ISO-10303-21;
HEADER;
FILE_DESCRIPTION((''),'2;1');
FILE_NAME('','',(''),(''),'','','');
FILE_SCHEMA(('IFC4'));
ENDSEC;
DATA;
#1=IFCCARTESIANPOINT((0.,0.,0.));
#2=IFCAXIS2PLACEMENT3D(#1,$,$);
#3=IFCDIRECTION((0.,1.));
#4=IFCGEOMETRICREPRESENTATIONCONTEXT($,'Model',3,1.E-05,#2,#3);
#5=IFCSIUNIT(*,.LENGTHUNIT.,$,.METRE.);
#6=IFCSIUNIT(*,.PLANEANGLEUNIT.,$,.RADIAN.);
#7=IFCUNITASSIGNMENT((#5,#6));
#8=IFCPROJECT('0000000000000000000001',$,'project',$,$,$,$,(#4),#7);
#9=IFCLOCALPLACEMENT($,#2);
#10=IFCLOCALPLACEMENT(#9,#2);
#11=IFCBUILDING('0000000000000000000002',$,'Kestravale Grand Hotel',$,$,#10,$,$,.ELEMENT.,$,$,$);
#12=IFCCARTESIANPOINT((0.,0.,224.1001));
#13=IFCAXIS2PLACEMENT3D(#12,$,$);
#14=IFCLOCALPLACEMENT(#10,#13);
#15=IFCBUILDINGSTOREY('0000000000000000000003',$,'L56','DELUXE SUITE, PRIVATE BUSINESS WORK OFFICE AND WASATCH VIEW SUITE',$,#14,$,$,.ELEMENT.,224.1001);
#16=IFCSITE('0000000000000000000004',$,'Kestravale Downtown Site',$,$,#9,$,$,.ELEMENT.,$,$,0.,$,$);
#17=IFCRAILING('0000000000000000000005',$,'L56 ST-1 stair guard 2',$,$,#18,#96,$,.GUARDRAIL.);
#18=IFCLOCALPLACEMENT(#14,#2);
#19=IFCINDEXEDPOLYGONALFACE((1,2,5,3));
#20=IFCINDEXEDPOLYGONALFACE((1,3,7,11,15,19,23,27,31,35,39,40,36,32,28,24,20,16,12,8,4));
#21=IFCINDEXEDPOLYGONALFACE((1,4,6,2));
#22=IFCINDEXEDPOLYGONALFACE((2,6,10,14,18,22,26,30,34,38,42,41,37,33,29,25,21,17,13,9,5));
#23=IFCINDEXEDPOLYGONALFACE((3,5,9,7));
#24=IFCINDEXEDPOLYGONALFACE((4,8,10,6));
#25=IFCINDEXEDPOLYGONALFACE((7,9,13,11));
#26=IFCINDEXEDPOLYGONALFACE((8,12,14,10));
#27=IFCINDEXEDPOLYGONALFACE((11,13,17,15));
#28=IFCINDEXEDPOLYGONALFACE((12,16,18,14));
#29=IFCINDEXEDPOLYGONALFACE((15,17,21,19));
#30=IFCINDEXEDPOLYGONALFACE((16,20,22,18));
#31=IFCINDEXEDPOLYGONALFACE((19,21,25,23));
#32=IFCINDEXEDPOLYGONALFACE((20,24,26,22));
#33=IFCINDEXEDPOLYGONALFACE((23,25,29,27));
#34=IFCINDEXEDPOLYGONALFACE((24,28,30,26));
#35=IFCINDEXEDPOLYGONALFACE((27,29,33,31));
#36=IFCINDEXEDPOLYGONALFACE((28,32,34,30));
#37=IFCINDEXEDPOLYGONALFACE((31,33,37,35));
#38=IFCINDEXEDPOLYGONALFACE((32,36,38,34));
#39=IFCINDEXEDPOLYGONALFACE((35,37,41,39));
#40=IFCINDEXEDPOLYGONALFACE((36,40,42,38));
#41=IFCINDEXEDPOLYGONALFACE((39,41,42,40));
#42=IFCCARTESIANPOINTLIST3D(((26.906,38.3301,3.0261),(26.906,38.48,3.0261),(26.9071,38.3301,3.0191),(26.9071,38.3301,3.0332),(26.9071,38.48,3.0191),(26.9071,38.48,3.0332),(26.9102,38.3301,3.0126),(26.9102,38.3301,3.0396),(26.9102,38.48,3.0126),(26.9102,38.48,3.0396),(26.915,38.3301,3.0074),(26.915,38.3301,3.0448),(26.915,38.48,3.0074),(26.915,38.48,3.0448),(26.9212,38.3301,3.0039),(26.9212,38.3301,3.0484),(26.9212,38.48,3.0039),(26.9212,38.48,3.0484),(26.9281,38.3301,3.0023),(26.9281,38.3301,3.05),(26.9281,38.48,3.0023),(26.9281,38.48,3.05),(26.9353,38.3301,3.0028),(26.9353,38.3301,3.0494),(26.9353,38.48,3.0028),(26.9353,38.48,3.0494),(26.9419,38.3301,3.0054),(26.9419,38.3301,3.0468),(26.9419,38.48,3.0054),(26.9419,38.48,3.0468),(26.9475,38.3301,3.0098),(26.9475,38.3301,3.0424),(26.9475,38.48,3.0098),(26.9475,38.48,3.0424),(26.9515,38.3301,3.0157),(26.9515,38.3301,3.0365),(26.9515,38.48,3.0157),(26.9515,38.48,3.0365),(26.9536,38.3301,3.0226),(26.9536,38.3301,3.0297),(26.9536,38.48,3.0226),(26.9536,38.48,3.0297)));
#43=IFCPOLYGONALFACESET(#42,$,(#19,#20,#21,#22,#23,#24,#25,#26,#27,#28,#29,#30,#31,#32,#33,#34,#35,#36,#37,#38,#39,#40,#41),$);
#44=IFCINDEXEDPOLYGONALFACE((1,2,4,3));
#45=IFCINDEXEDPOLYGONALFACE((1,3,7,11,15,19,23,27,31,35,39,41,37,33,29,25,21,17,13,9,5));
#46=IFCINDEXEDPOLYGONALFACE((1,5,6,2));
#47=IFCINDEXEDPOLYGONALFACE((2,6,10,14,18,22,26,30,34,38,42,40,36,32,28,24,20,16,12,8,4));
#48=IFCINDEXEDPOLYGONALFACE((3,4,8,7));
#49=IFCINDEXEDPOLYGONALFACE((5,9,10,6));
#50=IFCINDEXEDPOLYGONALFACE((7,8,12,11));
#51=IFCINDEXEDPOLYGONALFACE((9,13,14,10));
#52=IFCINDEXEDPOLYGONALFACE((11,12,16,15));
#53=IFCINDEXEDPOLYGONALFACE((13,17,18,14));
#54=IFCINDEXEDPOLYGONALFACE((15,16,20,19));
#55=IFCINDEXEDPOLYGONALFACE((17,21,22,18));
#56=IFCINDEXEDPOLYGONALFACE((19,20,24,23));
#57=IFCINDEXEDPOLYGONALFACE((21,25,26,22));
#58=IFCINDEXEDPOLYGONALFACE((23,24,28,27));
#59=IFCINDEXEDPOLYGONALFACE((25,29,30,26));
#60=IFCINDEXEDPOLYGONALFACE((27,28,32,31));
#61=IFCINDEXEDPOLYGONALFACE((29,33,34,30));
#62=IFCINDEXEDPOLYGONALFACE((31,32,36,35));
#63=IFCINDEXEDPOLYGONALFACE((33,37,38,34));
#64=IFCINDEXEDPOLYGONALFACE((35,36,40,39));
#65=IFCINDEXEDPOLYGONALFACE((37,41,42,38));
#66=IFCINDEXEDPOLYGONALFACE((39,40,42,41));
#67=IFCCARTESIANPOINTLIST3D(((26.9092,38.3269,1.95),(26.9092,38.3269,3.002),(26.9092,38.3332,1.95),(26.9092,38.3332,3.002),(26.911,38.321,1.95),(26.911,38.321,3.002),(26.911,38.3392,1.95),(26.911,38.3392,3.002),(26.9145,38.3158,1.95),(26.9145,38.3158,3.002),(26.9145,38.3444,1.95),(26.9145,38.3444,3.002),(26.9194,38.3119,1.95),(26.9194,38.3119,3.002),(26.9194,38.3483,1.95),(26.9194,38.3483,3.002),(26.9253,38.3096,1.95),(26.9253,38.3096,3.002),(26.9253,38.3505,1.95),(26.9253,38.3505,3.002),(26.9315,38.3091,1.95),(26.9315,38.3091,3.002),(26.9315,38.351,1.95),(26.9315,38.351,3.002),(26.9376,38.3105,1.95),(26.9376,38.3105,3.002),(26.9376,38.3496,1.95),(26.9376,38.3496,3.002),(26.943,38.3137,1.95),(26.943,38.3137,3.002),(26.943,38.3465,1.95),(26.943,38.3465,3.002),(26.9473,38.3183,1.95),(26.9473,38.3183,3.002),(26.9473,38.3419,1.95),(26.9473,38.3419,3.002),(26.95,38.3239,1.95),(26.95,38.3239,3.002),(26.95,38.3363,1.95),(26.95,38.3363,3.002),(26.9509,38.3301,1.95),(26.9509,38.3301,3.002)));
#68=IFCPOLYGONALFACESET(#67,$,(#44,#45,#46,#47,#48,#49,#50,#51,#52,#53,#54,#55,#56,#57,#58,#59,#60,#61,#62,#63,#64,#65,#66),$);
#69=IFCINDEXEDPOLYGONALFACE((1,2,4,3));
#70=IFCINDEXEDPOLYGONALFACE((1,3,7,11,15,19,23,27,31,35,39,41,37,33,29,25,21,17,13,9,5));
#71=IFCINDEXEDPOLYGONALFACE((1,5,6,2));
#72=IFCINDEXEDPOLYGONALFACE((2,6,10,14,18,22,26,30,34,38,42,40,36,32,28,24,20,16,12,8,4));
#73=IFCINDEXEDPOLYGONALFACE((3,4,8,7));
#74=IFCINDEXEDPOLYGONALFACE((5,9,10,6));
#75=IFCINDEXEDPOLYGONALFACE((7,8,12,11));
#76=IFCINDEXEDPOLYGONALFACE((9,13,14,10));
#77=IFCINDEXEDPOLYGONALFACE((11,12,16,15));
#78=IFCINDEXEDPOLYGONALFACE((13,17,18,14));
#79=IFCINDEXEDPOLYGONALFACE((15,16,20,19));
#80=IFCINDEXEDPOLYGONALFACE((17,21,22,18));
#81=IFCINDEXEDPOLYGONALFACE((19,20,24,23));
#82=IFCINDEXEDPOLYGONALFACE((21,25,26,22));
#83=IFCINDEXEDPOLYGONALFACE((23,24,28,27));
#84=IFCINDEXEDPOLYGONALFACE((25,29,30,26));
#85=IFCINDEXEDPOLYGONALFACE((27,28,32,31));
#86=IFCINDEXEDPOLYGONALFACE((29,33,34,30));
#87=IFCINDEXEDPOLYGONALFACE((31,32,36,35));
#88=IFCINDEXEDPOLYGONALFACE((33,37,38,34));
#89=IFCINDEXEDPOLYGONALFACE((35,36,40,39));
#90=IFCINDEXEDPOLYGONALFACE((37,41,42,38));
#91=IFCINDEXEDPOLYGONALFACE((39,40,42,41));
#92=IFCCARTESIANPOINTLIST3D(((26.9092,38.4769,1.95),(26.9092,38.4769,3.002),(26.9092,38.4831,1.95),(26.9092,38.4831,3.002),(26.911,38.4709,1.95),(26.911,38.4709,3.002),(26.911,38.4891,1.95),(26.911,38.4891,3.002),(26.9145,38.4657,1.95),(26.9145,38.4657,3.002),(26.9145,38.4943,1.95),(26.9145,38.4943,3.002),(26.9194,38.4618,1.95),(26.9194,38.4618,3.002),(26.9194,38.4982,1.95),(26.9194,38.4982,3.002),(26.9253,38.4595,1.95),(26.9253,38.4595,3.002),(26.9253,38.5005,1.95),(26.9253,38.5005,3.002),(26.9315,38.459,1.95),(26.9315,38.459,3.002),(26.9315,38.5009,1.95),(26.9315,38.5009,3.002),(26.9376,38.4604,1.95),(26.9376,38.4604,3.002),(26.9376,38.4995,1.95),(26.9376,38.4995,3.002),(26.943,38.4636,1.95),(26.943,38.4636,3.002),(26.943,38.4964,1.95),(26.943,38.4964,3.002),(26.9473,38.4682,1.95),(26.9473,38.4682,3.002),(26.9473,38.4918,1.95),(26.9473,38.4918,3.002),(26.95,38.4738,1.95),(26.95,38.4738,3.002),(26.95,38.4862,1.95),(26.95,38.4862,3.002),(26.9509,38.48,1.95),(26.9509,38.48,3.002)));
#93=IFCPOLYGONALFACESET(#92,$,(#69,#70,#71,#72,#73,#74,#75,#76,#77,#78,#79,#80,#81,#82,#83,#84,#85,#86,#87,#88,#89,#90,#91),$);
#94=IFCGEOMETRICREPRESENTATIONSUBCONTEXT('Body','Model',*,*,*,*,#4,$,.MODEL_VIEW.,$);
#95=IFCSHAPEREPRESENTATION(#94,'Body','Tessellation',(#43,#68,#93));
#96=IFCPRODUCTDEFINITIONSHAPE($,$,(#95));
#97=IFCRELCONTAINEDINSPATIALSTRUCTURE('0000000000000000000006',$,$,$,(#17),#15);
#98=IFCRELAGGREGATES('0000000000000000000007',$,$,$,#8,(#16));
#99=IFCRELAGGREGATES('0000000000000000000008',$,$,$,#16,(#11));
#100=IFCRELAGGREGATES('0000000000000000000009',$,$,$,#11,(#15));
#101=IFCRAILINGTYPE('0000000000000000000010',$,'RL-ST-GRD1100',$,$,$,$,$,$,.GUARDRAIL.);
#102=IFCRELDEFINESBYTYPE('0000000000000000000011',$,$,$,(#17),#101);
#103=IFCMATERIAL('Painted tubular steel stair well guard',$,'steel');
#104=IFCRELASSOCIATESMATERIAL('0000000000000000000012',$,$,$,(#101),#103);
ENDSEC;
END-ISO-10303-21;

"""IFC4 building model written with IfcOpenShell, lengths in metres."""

from ifc_helpers import new_model, si_unit, direction, frame, origin, origin_2d, place, context, subcontext, project, spatial, circle, extrude, material, type_object, element, save


model = new_model("IFC4")

# Units and contexts
model_context = context("Model", 3, precision=1e-05, world=origin(), true_north=direction((0.0, 1.0)))
body_context = subcontext(model_context, "Body", "Model", "MODEL_VIEW")
ifc_project = project(units=[si_unit("LENGTHUNIT", "METRE"), si_unit("PLANEANGLEUNIT", "RADIAN")], contexts=[model_context])

# Site, building, storey
site_placement = place(None, origin())
site = spatial("IfcSite", under=ifc_project, at=site_placement, Name="Kestravale Downtown Site", CompositionType="ELEMENT", RefElevation=0.0)
building_placement = place(site_placement, origin())
building = spatial("IfcBuilding", under=site, at=building_placement, Name="Kestravale Grand Hotel", CompositionType="ELEMENT")
storey_placement = place(building_placement, frame((0.0, 0.0, 224.1001)))
storey = spatial("IfcBuildingStorey", under=building, at=storey_placement, Name="L56", Description="DELUXE SUITE, PRIVATE BUSINESS WORK OFFICE AND WASATCH VIEW SUITE", CompositionType="ELEMENT", Elevation=224.1001)

# Railing
ifc_material_1 = material(Name="Painted tubular steel stair well guard", Category="steel")
railing_type_1 = type_object("IfcRailingType", Name="RL-ST-GRD1100", PredefinedType="GUARDRAIL", material=ifc_material_1)
railing_1_placement = place(storey_placement, frame((26.9299, 38.3301, 1.95)))
element("IfcRailing", 1, at=railing_1_placement, inside=storey, type_object=railing_type_1, Name="L56 ST-1 stair guard 2", PredefinedType="GUARDRAIL", context=body_context, shape_type="SweptSolid", body=[
    extrude(circle(Radius=0.0239, at=origin_2d()), frame((0.0, 0.0, 1.0762), z_axis=(0.0, 1.0, 0.0), x_axis=(-1.0, 0.0, 0.0)), (0.0, 0.0, 1.0), 0.1499),
    extrude(circle(Radius=0.021, at=origin_2d()), origin(), (0.0, 0.0, 1.0), 1.052),
    extrude(circle(Radius=0.021, at=origin_2d()), frame((0.0, 0.1499, 0.0)), (0.0, 0.0, 1.0), 1.052),
])

save(model, "model.ifc")
